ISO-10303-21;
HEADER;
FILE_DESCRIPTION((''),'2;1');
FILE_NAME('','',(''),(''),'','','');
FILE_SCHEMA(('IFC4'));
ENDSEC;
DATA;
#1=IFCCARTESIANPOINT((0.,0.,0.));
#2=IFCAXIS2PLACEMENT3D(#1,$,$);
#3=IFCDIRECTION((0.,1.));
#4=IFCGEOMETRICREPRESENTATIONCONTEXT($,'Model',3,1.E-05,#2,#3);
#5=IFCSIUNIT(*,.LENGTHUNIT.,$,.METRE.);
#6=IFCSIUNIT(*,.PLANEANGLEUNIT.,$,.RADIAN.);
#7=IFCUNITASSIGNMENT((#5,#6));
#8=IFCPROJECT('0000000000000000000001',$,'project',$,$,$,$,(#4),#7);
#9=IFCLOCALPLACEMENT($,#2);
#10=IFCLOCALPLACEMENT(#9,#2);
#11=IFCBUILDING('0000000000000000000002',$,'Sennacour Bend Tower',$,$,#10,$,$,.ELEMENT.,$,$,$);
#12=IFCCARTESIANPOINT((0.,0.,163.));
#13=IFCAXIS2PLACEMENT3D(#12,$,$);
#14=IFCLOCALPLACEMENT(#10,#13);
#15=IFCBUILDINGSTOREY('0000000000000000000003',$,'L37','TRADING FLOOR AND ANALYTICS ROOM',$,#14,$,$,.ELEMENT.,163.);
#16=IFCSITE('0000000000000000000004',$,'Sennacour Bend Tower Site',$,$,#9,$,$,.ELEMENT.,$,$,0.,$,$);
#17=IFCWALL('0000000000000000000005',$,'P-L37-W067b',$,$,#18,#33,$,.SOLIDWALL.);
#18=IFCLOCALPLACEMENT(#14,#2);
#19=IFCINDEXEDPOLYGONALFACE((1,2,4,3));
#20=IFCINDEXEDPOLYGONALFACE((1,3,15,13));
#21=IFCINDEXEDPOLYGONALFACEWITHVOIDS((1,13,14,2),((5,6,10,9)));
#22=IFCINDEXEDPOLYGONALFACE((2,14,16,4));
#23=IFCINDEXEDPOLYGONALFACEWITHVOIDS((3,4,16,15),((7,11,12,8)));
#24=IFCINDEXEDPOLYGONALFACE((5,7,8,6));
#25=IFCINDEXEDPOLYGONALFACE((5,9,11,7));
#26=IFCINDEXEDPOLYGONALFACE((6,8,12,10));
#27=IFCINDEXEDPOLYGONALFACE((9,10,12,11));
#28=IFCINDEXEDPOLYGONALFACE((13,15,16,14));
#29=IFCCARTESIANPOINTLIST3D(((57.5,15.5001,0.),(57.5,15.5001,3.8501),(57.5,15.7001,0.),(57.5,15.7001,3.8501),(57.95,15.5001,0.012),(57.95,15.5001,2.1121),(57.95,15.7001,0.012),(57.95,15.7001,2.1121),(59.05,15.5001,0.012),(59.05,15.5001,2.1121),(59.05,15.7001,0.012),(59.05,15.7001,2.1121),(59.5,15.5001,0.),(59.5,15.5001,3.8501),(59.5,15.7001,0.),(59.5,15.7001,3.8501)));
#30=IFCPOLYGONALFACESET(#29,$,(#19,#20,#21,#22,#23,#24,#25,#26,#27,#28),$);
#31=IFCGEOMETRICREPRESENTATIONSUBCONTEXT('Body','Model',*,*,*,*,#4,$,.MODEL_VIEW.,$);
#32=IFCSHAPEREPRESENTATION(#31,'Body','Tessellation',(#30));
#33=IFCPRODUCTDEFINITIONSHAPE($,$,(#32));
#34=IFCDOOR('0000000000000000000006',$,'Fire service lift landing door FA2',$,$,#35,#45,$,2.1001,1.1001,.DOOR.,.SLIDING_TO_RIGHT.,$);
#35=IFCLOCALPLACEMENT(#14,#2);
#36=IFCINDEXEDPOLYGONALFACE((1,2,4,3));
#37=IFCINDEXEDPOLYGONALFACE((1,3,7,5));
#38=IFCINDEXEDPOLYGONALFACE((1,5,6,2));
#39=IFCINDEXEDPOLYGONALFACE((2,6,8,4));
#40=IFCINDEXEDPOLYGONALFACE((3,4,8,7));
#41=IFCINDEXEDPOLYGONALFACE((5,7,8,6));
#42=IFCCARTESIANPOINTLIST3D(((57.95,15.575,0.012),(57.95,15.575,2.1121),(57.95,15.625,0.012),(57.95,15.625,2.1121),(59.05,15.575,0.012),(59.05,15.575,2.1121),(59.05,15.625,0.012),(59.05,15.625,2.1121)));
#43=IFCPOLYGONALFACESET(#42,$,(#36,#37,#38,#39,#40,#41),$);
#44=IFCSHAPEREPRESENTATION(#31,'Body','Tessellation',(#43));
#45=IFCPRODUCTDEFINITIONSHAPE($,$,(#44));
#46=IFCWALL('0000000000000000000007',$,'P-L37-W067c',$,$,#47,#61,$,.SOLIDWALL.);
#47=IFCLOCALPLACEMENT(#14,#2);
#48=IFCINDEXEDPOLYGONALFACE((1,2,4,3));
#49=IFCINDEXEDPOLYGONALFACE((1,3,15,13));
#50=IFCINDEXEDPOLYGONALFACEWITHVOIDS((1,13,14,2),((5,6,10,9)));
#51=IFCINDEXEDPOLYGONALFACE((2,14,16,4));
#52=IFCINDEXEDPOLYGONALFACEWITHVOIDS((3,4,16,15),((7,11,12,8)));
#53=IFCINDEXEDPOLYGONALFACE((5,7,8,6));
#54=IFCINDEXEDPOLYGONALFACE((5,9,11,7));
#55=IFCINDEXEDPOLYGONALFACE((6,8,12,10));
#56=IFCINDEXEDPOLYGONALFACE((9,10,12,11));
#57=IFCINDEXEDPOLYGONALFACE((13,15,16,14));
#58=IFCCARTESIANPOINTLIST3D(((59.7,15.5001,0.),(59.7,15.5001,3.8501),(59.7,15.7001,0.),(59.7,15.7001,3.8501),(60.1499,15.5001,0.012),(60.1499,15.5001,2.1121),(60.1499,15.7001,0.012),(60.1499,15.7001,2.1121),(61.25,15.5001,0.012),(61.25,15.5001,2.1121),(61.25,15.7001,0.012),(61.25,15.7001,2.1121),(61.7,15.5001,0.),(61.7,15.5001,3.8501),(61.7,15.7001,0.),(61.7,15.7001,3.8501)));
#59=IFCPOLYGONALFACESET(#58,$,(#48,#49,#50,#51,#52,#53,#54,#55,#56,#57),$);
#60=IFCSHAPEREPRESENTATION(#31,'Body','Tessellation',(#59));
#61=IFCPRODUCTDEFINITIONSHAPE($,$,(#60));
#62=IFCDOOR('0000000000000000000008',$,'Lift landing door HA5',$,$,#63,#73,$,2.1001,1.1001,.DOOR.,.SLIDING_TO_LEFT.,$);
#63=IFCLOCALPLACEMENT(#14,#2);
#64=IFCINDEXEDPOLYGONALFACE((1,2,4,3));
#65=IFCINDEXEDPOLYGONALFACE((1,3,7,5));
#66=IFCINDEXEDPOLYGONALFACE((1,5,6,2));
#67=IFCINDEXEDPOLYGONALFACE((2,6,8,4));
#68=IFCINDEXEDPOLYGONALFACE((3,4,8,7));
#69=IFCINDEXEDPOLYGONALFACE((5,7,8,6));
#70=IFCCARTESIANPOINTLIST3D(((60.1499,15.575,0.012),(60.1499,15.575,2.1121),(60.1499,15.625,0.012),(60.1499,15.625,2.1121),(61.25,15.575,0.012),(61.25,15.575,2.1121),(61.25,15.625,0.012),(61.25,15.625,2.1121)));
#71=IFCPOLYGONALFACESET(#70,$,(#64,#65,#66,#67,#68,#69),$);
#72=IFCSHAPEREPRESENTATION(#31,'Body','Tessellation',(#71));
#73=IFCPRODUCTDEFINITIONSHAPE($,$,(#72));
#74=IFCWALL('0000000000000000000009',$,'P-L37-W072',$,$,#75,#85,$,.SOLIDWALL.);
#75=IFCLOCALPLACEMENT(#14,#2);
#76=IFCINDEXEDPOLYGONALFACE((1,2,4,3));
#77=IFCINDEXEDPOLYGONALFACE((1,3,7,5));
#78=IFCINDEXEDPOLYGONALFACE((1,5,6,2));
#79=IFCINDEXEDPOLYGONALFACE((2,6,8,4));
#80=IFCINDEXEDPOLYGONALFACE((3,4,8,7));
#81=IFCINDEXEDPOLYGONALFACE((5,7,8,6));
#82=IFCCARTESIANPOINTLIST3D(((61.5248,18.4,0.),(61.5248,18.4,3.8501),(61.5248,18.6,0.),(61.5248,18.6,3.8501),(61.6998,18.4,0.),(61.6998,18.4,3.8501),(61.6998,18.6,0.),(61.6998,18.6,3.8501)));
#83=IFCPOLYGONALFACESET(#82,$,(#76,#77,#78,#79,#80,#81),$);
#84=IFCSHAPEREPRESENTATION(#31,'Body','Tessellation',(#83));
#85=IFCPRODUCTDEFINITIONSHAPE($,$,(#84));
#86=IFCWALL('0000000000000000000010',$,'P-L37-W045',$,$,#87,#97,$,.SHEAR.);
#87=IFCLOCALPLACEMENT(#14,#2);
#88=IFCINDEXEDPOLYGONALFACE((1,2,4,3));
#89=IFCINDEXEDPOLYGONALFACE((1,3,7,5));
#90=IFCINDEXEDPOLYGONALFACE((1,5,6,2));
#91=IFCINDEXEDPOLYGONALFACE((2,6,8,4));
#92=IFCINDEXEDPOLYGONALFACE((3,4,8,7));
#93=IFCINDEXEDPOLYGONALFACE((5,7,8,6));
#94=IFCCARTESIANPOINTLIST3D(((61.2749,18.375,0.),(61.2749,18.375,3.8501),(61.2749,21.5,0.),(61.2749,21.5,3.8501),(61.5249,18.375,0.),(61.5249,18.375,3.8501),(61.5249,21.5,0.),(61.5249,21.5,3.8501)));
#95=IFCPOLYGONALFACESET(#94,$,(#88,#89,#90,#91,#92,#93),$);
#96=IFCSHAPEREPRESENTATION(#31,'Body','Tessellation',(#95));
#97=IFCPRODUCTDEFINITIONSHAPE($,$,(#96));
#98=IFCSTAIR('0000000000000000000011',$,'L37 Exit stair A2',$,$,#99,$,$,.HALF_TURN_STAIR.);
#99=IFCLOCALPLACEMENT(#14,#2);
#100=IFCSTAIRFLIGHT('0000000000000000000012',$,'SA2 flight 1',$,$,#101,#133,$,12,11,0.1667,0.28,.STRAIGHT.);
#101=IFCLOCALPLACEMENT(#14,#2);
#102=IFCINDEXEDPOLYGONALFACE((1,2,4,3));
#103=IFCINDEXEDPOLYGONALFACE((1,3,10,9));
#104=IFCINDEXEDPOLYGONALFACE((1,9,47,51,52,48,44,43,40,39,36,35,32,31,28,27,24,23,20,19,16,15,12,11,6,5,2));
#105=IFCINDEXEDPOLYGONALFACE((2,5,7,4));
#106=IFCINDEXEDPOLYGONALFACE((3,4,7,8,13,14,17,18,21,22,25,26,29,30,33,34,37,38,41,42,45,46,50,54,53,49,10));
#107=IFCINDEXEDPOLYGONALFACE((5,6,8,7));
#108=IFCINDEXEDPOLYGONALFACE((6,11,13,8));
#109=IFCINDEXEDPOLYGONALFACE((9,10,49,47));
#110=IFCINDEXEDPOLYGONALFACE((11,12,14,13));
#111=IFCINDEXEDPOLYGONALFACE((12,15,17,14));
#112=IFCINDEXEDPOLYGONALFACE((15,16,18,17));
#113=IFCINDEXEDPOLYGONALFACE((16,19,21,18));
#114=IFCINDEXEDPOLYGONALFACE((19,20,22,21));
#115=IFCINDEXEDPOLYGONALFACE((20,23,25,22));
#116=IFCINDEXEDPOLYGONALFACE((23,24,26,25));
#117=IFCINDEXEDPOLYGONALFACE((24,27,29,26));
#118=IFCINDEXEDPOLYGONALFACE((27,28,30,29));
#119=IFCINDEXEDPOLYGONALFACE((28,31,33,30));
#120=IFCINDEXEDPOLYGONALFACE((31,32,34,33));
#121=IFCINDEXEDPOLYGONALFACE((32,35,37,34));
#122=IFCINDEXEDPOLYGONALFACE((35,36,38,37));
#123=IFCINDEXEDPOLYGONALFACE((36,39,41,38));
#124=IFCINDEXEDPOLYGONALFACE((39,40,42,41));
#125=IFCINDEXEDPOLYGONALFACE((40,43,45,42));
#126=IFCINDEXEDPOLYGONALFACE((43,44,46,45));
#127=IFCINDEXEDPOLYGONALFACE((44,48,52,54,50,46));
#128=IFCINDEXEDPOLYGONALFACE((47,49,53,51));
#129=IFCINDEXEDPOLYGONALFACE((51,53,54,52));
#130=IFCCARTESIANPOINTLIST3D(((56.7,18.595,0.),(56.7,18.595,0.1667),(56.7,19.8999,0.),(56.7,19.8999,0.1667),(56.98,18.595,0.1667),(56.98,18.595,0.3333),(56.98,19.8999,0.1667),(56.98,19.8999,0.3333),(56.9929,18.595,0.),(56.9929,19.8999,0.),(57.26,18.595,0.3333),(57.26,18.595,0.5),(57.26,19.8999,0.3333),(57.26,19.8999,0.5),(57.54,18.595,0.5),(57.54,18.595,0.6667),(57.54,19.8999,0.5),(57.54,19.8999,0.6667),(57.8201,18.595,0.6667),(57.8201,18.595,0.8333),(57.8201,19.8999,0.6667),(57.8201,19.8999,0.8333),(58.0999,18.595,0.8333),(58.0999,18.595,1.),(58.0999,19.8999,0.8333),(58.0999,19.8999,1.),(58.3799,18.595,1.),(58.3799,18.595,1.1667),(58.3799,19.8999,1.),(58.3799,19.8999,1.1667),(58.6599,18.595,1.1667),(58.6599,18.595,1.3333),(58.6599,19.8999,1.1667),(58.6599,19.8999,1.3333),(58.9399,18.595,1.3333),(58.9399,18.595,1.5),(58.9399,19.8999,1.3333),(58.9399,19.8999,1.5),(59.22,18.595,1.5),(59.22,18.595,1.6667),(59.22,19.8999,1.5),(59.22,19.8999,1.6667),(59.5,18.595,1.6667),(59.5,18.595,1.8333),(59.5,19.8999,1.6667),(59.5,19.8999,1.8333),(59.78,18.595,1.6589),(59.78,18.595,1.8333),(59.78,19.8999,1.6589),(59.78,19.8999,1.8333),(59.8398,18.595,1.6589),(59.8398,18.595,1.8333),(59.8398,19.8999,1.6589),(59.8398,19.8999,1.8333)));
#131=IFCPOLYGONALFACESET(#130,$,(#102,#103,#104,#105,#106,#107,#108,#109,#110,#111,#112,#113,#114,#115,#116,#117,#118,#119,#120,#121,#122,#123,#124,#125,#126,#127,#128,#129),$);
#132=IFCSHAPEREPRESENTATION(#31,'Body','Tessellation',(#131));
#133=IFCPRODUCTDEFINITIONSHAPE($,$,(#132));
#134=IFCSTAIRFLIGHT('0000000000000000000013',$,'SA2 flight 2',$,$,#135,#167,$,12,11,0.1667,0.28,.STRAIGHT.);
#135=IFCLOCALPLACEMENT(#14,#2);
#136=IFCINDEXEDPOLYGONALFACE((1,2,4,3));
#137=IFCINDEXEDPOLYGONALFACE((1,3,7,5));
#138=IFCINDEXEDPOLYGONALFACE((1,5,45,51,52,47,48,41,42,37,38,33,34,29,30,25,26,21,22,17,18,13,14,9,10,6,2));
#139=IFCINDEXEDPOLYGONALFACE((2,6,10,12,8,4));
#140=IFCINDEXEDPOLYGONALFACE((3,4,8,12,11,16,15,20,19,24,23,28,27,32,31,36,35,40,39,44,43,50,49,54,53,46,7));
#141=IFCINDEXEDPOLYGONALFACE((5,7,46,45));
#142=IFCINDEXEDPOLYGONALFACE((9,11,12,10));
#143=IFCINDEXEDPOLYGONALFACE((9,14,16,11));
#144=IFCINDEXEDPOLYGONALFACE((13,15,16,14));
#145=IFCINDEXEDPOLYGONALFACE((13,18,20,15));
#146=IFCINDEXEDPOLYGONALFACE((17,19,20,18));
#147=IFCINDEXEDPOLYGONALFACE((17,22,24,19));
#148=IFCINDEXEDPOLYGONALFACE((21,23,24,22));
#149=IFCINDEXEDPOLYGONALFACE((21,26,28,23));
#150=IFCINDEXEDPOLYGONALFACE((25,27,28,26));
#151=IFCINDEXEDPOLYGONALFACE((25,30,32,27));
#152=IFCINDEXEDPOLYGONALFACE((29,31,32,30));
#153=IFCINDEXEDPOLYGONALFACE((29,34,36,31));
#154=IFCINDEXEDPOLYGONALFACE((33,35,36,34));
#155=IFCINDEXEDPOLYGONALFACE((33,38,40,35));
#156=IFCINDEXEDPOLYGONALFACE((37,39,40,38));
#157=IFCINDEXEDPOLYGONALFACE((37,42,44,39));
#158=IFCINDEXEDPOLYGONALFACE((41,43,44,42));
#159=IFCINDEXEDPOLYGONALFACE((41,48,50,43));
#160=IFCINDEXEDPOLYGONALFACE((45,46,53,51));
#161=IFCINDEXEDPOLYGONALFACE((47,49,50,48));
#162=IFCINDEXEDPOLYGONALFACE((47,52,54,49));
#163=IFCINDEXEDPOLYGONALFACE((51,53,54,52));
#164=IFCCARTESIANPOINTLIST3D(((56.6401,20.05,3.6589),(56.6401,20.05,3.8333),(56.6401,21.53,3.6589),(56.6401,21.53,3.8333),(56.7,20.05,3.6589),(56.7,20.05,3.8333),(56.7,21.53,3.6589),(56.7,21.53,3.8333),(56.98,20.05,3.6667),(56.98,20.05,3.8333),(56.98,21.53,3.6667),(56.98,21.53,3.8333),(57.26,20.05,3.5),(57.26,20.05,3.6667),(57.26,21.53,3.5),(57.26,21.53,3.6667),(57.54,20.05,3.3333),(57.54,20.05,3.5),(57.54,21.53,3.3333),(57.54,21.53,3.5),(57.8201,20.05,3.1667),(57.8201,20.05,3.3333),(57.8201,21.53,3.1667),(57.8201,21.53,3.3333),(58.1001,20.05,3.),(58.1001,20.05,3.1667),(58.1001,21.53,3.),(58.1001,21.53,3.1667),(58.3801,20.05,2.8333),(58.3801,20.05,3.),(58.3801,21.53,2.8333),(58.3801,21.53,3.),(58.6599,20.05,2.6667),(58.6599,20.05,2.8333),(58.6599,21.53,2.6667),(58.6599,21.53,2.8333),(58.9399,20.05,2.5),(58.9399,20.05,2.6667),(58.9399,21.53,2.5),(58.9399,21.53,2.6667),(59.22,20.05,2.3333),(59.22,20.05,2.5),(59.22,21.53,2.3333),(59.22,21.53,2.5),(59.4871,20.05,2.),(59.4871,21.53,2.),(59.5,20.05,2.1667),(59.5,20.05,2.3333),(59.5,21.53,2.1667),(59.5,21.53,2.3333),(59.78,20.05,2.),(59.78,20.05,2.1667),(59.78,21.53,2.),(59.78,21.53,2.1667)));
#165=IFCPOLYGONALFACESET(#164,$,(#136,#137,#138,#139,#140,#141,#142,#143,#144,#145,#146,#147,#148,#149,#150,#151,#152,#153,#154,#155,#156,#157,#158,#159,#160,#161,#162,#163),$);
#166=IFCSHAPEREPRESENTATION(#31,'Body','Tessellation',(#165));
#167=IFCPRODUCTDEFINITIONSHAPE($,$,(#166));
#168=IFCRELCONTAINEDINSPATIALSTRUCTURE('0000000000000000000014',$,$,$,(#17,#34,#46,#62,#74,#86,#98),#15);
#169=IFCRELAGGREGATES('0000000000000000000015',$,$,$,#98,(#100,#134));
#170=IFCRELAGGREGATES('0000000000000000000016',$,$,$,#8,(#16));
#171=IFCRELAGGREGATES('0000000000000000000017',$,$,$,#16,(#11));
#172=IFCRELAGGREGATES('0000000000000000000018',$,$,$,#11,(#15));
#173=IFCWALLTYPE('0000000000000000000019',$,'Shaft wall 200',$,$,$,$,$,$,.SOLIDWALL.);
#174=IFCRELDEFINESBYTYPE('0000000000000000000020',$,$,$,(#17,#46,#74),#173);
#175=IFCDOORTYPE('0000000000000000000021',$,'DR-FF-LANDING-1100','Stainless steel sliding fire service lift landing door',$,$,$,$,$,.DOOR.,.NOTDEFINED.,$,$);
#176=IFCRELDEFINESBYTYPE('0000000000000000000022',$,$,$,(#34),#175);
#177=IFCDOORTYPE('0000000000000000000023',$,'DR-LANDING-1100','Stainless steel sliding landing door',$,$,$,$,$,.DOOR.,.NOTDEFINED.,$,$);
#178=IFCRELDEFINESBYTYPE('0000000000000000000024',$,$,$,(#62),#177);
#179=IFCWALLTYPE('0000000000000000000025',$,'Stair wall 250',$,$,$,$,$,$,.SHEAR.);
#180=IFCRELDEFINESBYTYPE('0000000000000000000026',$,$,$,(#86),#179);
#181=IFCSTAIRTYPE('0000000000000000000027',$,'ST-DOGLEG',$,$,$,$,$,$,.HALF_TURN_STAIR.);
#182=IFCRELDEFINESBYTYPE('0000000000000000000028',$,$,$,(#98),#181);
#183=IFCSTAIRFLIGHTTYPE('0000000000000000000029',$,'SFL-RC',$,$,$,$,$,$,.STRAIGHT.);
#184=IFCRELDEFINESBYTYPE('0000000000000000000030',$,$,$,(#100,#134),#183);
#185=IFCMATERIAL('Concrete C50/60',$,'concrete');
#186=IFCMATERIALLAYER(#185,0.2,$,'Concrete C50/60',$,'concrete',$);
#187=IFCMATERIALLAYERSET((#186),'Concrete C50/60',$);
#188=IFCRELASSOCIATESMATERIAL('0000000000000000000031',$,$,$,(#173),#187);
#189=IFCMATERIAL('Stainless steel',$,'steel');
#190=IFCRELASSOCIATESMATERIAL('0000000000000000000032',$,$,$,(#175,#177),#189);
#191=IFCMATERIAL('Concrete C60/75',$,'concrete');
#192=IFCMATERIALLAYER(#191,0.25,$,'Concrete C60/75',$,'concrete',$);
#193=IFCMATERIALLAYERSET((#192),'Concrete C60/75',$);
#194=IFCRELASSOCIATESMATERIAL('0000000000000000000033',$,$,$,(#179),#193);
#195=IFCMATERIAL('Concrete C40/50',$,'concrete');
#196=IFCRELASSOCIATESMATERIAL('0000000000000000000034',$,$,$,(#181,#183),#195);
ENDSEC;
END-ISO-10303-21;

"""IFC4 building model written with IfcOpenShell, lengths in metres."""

from ifc_helpers import new_model, si_unit, direction, frame, frame_2d, origin, place, context, subcontext, project, spatial, polyline, rectangle, outline, extrude, material, layer, layer_set, type_object, element, fill, aggregate, save


model = new_model("IFC4")

# Units and contexts
model_context = context("Model", 3, precision=1e-05, world=origin(), true_north=direction((0.0, 1.0)))
body_context = subcontext(model_context, "Body", "Model", "MODEL_VIEW")
ifc_project = project(units=[si_unit("LENGTHUNIT", "METRE"), si_unit("PLANEANGLEUNIT", "RADIAN")], contexts=[model_context])

# Site, building, storey
site_placement = place(None, origin())
site = spatial("IfcSite", under=ifc_project, at=site_placement, Name="Sennacour Bend Tower Site", CompositionType="ELEMENT", RefElevation=0.0)
building_placement = place(site_placement, origin())
building = spatial("IfcBuilding", under=site, at=building_placement, Name="Sennacour Bend Tower", CompositionType="ELEMENT")
storey_placement = place(building_placement, frame((0.0, 0.0, 163.0)))
storey = spatial("IfcBuildingStorey", under=building, at=storey_placement, Name="L37", Description="TRADING FLOOR AND ANALYTICS ROOM", CompositionType="ELEMENT", Elevation=163.0)

# Shared definitions
ifc_material_1 = material(Name="Concrete C50/60", Category="concrete")
ifc_layer_1 = layer(ifc_material_1, 0.2, Name="Concrete C50/60", Category="concrete")
ifc_layer_set_1 = layer_set([ifc_layer_1], Name="Concrete C50/60")
wall_type_1 = type_object("IfcWallType", Name="Shaft wall 200", PredefinedType="SOLIDWALL", material=ifc_layer_set_1)

# Walls, openings, doors
wall_1_placement = place(storey_placement, frame((57.5, 15.6001, 0.0), z_axis=(0.0, 0.0, 1.0), x_axis=(1.0, 0.0, 0.0)))
wall_1 = element("IfcWall", 1, at=wall_1_placement, inside=storey, type_object=wall_type_1, Name="P-L37-W067b", PredefinedType="SOLIDWALL", context=body_context, shape_type="SweptSolid", body=[
    extrude(rectangle(XDim=2.0, YDim=0.2, at=frame_2d((1.0, 0.0))), origin(), (0.0, 0.0, 1.0), 3.8501),
])
opening_1_placement = place(wall_1_placement, frame((0.45, 0.0, 0.012)))
opening_1 = element("IfcOpeningElement", 2, at=opening_1_placement, cuts=wall_1, PredefinedType="OPENING", context=body_context, shape_type="SweptSolid", body=[
    extrude(rectangle(XDim=1.1001, YDim=2.1001, at=frame_2d((0.55, 1.05))), frame((0.0, 0.1099, 0.0), z_axis=(0.0, -1.0, 0.0), x_axis=(1.0, 0.0, 0.0)), (0.0, 0.0, 1.0), 0.22),
])
ifc_material_2 = material(Name="Stainless steel", Category="steel")
door_type_1 = type_object("IfcDoorType", Name="DR-FF-LANDING-1100", Description="Stainless steel sliding fire service lift landing door", OperationType="NOTDEFINED", PredefinedType="DOOR", material=ifc_material_2)
door_1_placement = place(opening_1_placement, origin())
door_1 = element("IfcDoor", 3, at=door_1_placement, inside=storey, type_object=door_type_1, Name="Fire service lift landing door FA2", OperationType="SLIDING_TO_RIGHT", OverallHeight=2.1001, OverallWidth=1.1001, PredefinedType="DOOR", context=body_context, shape_type="SweptSolid", body=[
    extrude(rectangle(XDim=1.1001, YDim=2.1001, at=frame_2d((0.55, 1.05))), frame((0.0, 0.0249, 0.0), z_axis=(0.0, -1.0, 0.0), x_axis=(1.0, 0.0, 0.0)), (0.0, 0.0, 1.0), 0.05),
])
fill(opening_1, door_1)
wall_2_placement = place(storey_placement, frame((59.7, 15.6001, 0.0), z_axis=(0.0, 0.0, 1.0), x_axis=(1.0, 0.0, 0.0)))
wall_2 = element("IfcWall", 4, at=wall_2_placement, inside=storey, type_object=wall_type_1, Name="P-L37-W067c", PredefinedType="SOLIDWALL", context=body_context, shape_type="SweptSolid", body=[
    extrude(rectangle(XDim=2.0, YDim=0.2, at=frame_2d((1.0, 0.0))), origin(), (0.0, 0.0, 1.0), 3.8501),
])
opening_2_placement = place(wall_2_placement, frame((0.45, 0.0, 0.012)))
opening_2 = element("IfcOpeningElement", 5, at=opening_2_placement, cuts=wall_2, PredefinedType="OPENING", context=body_context, shape_type="SweptSolid", body=[
    extrude(rectangle(XDim=1.1001, YDim=2.1001, at=frame_2d((0.55, 1.05))), frame((0.0, 0.1099, 0.0), z_axis=(0.0, -1.0, 0.0), x_axis=(1.0, 0.0, 0.0)), (0.0, 0.0, 1.0), 0.22),
])
door_type_2 = type_object("IfcDoorType", Name="DR-LANDING-1100", Description="Stainless steel sliding landing door", OperationType="NOTDEFINED", PredefinedType="DOOR", material=ifc_material_2)
door_2_placement = place(opening_2_placement, origin())
door_2 = element("IfcDoor", 6, at=door_2_placement, inside=storey, type_object=door_type_2, Name="Lift landing door HA5", OperationType="SLIDING_TO_LEFT", OverallHeight=2.1001, OverallWidth=1.1001, PredefinedType="DOOR", context=body_context, shape_type="SweptSolid", body=[
    extrude(rectangle(XDim=1.1001, YDim=2.1001, at=frame_2d((0.55, 1.05))), frame((0.0, 0.0249, 0.0), z_axis=(0.0, -1.0, 0.0), x_axis=(1.0, 0.0, 0.0)), (0.0, 0.0, 1.0), 0.05),
])
fill(opening_2, door_2)

# Walls
wall_3_placement = place(storey_placement, frame((61.5249, 18.5, 0.0), z_axis=(0.0, 0.0, 1.0), x_axis=(1.0, 0.0, 0.0)))
element("IfcWall", 7, at=wall_3_placement, inside=storey, type_object=wall_type_1, Name="P-L37-W072", PredefinedType="SOLIDWALL", context=body_context, shape_type="SweptSolid", body=[
    extrude(rectangle(XDim=0.175, YDim=0.2, at=frame_2d((0.0874, 0.0))), origin(), (0.0, 0.0, 1.0), 3.8501),
])
ifc_material_3 = material(Name="Concrete C60/75", Category="concrete")
ifc_layer_2 = layer(ifc_material_3, 0.25, Name="Concrete C60/75", Category="concrete")
ifc_layer_set_2 = layer_set([ifc_layer_2], Name="Concrete C60/75")
wall_type_2 = type_object("IfcWallType", Name="Stair wall 250", PredefinedType="SHEAR", material=ifc_layer_set_2)
wall_4_placement = place(storey_placement, frame((61.3999, 18.375, 0.0), z_axis=(0.0, 0.0, 1.0), x_axis=(0.0, 1.0, 0.0)))
element("IfcWall", 8, at=wall_4_placement, inside=storey, type_object=wall_type_2, Name="P-L37-W045", PredefinedType="SHEAR", context=body_context, shape_type="SweptSolid", body=[
    extrude(rectangle(XDim=3.125, YDim=0.25, at=frame_2d((1.5625, 0.0))), origin(), (0.0, 0.0, 1.0), 3.8501),
])

# Stair, stair flights
ifc_material_4 = material(Name="Concrete C40/50", Category="concrete")
stair_type = type_object("IfcStairType", Name="ST-DOGLEG", PredefinedType="HALF_TURN_STAIR", material=ifc_material_4)
stair_placement = place(storey_placement, origin())
stair = element("IfcStair", 9, at=stair_placement, inside=storey, type_object=stair_type, Name="L37 Exit stair A2", PredefinedType="HALF_TURN_STAIR")
stair_flight_type = type_object("IfcStairFlightType", Name="SFL-RC", PredefinedType="STRAIGHT", material=ifc_material_4)
stair_flight_1_placement = place(storey_placement, frame((56.7, 19.2476, 0.0), z_axis=(0.0, 0.0, 1.0), x_axis=(1.0, 0.0, 0.0)))
stair_flight_1 = element("IfcStairFlight", 10, at=stair_flight_1_placement, type_object=stair_flight_type, Name="SA2 flight 1", NumberOfRisers=12, NumberOfTreads=11, PredefinedType="STRAIGHT", RiserHeight=0.1667, TreadLength=0.28, context=body_context, shape_type="SweptSolid", body=[
    extrude(outline(polyline([(0.0, 0.0), (0.0, 0.1667), (0.28, 0.1667), (0.28, 0.3333), (0.5601, 0.3333), (0.5601, 0.5), (0.8401, 0.5), (0.8401, 0.6667), (1.1201, 0.6667), (1.1201, 0.8333), (1.3999, 0.8333), (1.3999, 1.0), (1.6799, 1.0), (1.6799, 1.1667), (1.96, 1.1667), (1.96, 1.3333), (2.24, 1.3333), (2.24, 1.5), (2.52, 1.5), (2.52, 1.6667), (2.8, 1.6667), (2.8, 1.8333), (3.0801, 1.8333), (3.1399, 1.8333), (3.1399, 1.6589), (3.0801, 1.6589), (0.293, 0.0), (0.0, 0.0)])), frame((0.0, 0.6523, 0.0), z_axis=(0.0, -1.0, 0.0), x_axis=(1.0, 0.0, 0.0)), (0.0, 0.0, 1.0), 1.3049),
])
stair_flight_2_placement = place(storey_placement, frame((59.78, 20.79, 2.0), z_axis=(0.0, 0.0, 1.0), x_axis=(-1.0, 0.0, 0.0)))
stair_flight_2 = element("IfcStairFlight", 11, at=stair_flight_2_placement, type_object=stair_flight_type, Name="SA2 flight 2", NumberOfRisers=12, NumberOfTreads=11, PredefinedType="STRAIGHT", RiserHeight=0.1667, TreadLength=0.28, context=body_context, shape_type="SweptSolid", body=[
    extrude(outline(polyline([(0.0, 0.0), (0.0, 0.1667), (0.28, 0.1667), (0.28, 0.3333), (0.5601, 0.3333), (0.5601, 0.5), (0.8401, 0.5), (0.8401, 0.6667), (1.1201, 0.6667), (1.1201, 0.8333), (1.3999, 0.8333), (1.3999, 1.0), (1.6799, 1.0), (1.6799, 1.1667), (1.96, 1.1667), (1.96, 1.3333), (2.24, 1.3333), (2.24, 1.5), (2.52, 1.5), (2.52, 1.6667), (2.8, 1.6667), (2.8, 1.8333), (3.0801, 1.8333), (3.1399, 1.8333), (3.1399, 1.6589), (3.0801, 1.6589), (0.293, 0.0), (0.0, 0.0)])), frame((0.0, 0.74, 0.0), z_axis=(0.0, -1.0, 0.0), x_axis=(1.0, 0.0, 0.0)), (0.0, 0.0, 1.0), 1.48),
])
aggregate(stair, [stair_flight_1, stair_flight_2])

save(model, "model.ifc")
